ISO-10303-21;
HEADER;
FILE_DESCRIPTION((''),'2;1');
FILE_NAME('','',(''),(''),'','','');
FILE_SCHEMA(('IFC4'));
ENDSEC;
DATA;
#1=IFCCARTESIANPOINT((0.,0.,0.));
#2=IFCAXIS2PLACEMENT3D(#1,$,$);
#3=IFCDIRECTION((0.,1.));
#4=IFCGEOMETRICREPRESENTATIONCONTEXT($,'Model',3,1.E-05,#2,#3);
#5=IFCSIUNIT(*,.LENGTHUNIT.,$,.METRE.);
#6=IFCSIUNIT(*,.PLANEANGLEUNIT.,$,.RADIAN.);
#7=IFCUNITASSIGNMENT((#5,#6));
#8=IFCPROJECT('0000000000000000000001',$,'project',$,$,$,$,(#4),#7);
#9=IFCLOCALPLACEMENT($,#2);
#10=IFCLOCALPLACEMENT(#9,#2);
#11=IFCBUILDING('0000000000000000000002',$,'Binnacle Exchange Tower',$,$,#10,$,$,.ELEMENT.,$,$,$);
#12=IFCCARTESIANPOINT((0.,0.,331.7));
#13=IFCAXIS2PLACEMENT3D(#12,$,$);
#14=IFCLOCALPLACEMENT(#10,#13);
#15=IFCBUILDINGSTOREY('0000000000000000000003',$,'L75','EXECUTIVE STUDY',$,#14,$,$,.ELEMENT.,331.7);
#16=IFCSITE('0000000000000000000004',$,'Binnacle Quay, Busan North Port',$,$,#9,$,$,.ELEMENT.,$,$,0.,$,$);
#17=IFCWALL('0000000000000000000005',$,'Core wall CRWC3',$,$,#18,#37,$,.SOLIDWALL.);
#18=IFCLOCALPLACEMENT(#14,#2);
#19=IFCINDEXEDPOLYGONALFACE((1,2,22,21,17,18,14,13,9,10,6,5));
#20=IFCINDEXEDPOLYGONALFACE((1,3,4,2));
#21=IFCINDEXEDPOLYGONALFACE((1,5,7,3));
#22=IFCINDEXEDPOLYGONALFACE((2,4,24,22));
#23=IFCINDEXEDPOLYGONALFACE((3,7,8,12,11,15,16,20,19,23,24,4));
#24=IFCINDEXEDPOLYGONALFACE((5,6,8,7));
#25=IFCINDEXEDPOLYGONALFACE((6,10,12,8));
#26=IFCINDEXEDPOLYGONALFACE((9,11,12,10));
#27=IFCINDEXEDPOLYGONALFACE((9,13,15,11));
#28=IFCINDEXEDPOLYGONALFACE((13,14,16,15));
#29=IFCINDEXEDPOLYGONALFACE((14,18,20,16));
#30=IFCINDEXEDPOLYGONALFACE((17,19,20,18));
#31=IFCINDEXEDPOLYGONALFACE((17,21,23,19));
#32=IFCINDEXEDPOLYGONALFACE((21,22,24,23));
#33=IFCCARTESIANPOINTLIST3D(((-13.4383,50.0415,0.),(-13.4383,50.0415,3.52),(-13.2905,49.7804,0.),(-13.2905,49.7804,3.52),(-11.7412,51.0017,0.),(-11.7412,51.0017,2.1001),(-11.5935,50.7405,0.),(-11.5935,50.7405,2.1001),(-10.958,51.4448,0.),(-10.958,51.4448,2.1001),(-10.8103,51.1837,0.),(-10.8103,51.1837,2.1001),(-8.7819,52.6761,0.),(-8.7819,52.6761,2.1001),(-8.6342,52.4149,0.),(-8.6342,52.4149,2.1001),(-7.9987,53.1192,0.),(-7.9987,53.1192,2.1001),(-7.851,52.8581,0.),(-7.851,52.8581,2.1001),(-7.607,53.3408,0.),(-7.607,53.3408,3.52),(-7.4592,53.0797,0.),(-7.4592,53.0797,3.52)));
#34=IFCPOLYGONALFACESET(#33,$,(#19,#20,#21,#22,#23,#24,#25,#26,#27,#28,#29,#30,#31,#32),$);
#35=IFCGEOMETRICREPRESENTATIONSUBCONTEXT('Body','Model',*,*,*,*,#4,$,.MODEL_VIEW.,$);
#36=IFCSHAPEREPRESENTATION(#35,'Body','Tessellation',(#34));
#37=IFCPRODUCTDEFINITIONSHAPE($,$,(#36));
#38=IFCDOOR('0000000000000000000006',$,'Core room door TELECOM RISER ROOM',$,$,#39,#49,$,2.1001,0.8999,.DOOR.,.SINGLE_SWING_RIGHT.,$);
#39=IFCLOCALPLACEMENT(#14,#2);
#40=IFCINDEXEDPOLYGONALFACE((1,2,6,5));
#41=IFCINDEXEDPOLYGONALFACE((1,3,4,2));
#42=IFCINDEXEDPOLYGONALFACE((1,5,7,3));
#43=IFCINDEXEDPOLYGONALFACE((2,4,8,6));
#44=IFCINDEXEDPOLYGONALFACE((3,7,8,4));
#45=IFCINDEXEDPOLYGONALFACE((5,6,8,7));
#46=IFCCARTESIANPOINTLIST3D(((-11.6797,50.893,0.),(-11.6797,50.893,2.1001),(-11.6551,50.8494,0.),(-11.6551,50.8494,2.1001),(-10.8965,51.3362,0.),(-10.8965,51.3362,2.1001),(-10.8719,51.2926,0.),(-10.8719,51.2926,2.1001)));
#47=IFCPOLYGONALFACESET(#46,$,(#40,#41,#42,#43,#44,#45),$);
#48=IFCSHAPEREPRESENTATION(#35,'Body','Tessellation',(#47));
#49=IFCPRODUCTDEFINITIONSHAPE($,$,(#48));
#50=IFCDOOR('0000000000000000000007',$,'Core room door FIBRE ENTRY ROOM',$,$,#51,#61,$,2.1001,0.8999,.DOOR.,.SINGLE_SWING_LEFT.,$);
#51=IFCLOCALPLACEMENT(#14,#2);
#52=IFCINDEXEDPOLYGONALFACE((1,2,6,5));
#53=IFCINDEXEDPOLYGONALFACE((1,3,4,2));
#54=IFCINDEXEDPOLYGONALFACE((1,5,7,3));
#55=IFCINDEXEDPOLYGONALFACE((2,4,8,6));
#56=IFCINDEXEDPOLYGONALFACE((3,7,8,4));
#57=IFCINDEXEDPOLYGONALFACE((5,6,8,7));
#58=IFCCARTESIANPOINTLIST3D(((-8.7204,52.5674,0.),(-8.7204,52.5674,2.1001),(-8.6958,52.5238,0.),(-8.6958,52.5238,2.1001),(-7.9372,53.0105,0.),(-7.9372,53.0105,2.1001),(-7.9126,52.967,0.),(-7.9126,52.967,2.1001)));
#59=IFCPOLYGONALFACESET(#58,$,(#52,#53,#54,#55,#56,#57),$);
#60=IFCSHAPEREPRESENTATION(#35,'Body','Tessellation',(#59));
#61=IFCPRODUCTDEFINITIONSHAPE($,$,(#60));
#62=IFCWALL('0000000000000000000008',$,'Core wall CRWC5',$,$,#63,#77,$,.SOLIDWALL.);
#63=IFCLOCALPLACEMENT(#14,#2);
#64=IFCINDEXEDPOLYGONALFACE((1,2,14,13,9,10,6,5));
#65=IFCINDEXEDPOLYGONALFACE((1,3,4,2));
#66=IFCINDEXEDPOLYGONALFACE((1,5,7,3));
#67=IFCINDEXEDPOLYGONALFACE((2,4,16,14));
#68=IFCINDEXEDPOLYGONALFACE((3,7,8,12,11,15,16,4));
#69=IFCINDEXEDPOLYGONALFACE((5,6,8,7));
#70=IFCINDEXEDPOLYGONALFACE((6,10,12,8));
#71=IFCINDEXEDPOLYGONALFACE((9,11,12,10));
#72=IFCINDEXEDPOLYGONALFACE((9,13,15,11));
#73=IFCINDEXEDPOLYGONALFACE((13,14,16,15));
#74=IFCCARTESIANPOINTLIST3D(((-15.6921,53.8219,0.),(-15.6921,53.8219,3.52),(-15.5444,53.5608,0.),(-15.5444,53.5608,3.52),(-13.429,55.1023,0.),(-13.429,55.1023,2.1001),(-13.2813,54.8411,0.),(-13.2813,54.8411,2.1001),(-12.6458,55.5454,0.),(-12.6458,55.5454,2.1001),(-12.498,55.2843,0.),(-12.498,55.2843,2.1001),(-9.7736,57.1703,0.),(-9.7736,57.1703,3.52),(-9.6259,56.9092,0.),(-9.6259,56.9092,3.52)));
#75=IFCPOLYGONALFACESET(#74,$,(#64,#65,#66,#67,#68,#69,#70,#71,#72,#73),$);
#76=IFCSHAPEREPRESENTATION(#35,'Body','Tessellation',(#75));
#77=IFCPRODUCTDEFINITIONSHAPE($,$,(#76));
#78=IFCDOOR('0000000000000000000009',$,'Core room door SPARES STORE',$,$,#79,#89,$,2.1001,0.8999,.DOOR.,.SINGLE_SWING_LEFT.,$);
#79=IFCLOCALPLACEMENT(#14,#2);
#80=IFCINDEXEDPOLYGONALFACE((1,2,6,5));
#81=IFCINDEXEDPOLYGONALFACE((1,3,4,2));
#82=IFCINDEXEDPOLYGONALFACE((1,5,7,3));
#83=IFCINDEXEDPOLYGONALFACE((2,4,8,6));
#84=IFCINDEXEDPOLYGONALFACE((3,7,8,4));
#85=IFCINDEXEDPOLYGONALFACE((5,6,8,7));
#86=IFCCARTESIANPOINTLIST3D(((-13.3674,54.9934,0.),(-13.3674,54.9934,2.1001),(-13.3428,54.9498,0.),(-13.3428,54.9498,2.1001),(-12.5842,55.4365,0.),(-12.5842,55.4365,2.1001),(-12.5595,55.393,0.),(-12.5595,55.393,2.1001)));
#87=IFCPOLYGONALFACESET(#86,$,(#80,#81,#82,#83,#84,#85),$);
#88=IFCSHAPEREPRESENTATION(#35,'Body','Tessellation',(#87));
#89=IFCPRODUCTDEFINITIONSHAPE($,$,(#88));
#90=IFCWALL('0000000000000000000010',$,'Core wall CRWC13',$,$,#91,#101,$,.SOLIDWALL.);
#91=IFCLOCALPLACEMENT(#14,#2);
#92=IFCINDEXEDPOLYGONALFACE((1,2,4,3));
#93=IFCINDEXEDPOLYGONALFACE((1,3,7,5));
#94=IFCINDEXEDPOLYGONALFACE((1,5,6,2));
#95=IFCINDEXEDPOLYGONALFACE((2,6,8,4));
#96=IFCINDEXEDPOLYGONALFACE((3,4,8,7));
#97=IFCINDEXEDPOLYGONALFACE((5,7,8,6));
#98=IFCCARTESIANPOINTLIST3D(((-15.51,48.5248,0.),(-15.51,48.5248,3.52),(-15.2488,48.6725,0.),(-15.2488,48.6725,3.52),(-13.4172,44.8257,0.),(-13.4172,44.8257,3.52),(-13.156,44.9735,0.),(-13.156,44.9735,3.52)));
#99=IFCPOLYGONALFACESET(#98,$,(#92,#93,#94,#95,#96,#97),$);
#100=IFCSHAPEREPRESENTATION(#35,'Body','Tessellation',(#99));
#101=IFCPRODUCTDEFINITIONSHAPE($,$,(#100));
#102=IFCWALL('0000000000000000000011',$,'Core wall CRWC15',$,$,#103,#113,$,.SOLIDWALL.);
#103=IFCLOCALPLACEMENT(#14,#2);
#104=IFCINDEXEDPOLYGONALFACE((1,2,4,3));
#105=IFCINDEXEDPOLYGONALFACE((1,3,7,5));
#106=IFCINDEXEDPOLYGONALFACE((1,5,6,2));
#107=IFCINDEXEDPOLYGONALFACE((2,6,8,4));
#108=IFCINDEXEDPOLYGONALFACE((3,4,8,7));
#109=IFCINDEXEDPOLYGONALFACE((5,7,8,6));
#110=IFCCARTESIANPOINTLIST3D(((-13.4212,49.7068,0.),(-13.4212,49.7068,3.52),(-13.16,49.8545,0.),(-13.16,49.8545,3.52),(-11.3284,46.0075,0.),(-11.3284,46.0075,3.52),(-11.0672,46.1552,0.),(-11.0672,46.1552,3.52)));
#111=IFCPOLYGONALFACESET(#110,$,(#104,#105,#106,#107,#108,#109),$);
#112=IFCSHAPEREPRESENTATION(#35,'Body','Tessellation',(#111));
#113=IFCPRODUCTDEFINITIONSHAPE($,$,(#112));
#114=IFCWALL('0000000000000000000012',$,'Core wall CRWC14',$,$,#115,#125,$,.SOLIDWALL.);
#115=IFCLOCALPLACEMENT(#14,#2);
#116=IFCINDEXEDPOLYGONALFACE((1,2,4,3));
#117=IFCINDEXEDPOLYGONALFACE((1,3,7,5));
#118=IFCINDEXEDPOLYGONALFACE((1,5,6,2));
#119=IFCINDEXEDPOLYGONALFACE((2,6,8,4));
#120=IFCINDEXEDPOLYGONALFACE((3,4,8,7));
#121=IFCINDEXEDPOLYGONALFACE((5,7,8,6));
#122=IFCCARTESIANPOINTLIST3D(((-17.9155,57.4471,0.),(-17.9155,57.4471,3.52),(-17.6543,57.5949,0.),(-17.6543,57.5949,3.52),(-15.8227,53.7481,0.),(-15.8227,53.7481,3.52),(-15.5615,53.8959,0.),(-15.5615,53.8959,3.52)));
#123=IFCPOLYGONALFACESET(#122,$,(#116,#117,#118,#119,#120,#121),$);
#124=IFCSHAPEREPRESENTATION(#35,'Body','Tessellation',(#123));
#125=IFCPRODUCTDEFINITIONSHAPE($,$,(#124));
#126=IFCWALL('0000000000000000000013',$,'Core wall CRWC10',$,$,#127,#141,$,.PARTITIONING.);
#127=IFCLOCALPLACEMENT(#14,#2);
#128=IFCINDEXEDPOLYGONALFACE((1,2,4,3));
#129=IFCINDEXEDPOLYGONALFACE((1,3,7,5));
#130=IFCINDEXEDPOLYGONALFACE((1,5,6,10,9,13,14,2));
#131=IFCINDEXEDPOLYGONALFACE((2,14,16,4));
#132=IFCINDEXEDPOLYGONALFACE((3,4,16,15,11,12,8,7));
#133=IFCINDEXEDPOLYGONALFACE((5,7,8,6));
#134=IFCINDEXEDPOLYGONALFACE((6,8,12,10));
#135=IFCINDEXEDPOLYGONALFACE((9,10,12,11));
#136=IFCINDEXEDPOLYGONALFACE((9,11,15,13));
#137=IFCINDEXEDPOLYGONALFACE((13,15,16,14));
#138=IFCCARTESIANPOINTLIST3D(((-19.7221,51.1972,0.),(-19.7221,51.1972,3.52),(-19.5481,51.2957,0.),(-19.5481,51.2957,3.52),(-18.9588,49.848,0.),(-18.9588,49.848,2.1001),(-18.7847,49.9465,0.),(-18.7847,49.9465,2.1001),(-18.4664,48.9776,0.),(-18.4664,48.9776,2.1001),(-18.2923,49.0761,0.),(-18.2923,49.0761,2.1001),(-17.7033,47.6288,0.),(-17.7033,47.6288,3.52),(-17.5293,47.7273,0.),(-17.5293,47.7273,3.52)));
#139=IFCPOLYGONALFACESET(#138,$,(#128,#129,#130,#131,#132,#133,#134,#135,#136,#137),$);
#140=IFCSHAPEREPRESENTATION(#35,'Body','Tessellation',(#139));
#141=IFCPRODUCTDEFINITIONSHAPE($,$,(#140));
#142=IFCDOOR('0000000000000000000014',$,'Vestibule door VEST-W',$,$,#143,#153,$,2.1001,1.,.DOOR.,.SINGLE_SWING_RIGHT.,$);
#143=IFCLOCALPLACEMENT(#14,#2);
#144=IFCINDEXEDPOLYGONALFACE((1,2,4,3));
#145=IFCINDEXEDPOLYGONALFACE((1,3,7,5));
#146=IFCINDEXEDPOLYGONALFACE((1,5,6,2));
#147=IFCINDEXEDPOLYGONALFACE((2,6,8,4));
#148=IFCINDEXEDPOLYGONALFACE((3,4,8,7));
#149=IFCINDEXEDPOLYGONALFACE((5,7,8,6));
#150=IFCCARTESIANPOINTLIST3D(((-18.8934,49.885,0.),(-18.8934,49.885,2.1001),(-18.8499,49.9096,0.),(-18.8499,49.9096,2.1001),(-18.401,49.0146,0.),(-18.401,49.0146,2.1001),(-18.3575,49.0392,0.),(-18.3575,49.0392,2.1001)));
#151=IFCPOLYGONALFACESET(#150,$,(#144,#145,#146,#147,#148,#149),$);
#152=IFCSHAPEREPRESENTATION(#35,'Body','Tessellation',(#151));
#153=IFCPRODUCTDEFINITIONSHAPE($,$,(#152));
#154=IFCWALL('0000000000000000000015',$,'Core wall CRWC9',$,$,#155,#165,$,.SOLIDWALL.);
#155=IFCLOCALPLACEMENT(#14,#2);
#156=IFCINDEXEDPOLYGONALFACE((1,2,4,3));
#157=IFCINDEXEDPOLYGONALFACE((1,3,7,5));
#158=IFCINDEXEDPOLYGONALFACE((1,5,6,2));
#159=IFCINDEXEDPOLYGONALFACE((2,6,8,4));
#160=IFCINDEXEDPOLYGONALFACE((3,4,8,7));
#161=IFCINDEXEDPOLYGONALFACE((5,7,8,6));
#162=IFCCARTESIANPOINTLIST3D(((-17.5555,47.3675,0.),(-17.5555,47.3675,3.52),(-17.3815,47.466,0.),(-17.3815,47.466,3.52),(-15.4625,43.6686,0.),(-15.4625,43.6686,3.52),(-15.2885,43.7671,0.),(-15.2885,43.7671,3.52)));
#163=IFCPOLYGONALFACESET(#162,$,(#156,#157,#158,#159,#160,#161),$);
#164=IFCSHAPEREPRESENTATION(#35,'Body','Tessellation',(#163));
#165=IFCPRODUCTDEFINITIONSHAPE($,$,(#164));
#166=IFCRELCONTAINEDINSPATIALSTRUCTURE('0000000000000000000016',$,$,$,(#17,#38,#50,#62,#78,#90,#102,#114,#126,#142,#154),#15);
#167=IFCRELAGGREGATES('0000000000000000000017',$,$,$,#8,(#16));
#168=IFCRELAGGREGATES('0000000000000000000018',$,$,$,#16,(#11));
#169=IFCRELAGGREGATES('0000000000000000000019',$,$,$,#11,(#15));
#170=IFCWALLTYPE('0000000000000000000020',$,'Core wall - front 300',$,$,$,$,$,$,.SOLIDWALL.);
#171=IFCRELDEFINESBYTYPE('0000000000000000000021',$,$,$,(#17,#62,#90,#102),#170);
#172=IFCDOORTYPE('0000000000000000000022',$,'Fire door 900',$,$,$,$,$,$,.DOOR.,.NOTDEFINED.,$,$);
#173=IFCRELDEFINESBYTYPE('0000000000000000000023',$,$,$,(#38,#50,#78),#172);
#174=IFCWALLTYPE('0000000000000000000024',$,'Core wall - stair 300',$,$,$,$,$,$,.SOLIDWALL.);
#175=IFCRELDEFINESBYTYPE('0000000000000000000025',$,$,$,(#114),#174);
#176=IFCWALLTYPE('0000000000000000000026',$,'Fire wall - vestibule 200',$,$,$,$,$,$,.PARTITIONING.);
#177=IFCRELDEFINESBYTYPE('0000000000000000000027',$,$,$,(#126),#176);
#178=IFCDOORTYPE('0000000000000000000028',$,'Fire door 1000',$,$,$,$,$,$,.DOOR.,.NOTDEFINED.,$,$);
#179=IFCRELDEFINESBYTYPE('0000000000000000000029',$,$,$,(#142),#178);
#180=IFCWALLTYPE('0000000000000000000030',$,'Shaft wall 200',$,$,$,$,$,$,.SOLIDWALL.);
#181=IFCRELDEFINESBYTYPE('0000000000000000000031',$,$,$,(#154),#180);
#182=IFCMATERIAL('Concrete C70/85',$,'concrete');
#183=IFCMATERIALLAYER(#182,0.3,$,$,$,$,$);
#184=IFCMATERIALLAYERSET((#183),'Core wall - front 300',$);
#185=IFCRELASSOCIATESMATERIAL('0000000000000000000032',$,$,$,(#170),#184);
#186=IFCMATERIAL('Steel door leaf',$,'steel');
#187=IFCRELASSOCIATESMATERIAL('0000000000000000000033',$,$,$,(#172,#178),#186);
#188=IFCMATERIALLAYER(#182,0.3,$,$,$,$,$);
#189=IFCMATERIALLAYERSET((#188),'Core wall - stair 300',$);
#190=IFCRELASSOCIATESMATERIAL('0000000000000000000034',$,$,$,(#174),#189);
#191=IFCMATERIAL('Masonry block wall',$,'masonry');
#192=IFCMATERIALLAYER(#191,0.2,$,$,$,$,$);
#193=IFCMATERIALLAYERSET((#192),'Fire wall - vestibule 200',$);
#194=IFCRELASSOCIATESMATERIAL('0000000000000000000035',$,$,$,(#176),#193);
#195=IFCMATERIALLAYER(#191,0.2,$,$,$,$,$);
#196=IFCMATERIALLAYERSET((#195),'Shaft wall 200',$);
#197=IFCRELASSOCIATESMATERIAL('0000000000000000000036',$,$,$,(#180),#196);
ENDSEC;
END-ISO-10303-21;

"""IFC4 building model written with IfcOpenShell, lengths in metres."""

from ifc_helpers import new_model, si_unit, direction, frame, frame_2d, origin, place, context, subcontext, project, spatial, rectangle, extrude, material, layer, layer_set, type_object, element, fill, save


model = new_model("IFC4")

# Units and contexts
model_context = context("Model", 3, precision=1e-05, world=origin(), true_north=direction((0.0, 1.0)))
body_context = subcontext(model_context, "Body", "Model", "MODEL_VIEW")
ifc_project = project(units=[si_unit("LENGTHUNIT", "METRE"), si_unit("PLANEANGLEUNIT", "RADIAN")], contexts=[model_context])

# Site, building, storey
site_placement = place(None, origin())
site = spatial("IfcSite", under=ifc_project, at=site_placement, Name="Binnacle Quay, Busan North Port", CompositionType="ELEMENT", RefElevation=0.0)
building_placement = place(site_placement, origin())
building = spatial("IfcBuilding", under=site, at=building_placement, Name="Binnacle Exchange Tower", CompositionType="ELEMENT")
storey_placement = place(building_placement, frame((0.0, 0.0, 331.7)))
storey = spatial("IfcBuildingStorey", under=building, at=storey_placement, Name="L75", Description="EXECUTIVE STUDY", CompositionType="ELEMENT", Elevation=331.7)

# Wall, openings, doors
ifc_material_1 = material(Name="Concrete C70/85", Category="concrete")
ifc_layer_1 = layer(ifc_material_1, 0.3)
ifc_layer_set_1 = layer_set([ifc_layer_1], Name="Core wall - front 300")
wall_type_1 = type_object("IfcWallType", Name="Core wall - front 300", PredefinedType="SOLIDWALL", material=ifc_layer_set_1)
wall_1_placement = place(storey_placement, frame((-13.3645, 49.9109, 0.0), z_axis=(0.0, 0.0, 1.0), x_axis=(0.870348, 0.492438, 0.0)))
wall_1 = element("IfcWall", 1, at=wall_1_placement, inside=storey, type_object=wall_type_1, Name="Core wall CRWC3", PredefinedType="SOLIDWALL", context=body_context, shape_type="SweptSolid", body=[
    extrude(rectangle(XDim=6.7, YDim=0.3, at=frame_2d((3.3501, 0.0))), origin(), (0.0, 0.0, 1.0), 3.52),
])
opening_1_placement = place(wall_1_placement, frame((1.95, 0.0, 0.0)))
opening_1 = element("IfcOpeningElement", 2, at=opening_1_placement, cuts=wall_1, PredefinedType="OPENING", context=body_context, shape_type="SweptSolid", body=[
    extrude(rectangle(XDim=0.8999, YDim=2.1001, at=frame_2d((0.45, 1.05))), frame((0.0, 0.1599, 0.0), z_axis=(0.0, -1.0, 0.0), x_axis=(1.0, 0.0, 0.0)), (0.0, 0.0, 1.0), 0.3201),
])
opening_2_placement = place(wall_1_placement, frame((5.3501, 0.0, 0.0)))
opening_2 = element("IfcOpeningElement", 3, at=opening_2_placement, cuts=wall_1, PredefinedType="OPENING", context=body_context, shape_type="SweptSolid", body=[
    extrude(rectangle(XDim=0.8999, YDim=2.1001, at=frame_2d((0.45, 1.05))), frame((0.0, 0.1599, 0.0), z_axis=(0.0, -1.0, 0.0), x_axis=(1.0, 0.0, 0.0)), (0.0, 0.0, 1.0), 0.3201),
])
ifc_material_2 = material(Name="Steel door leaf", Category="steel")
door_type_1 = type_object("IfcDoorType", Name="Fire door 900", OperationType="NOTDEFINED", PredefinedType="DOOR", material=ifc_material_2)
door_1_placement = place(opening_1_placement, frame((0.8999, 0.0, 0.0), z_axis=(0.0, 0.0, 1.0), x_axis=(-1.0, 0.0, 0.0)))
door_1 = element("IfcDoor", 4, at=door_1_placement, inside=storey, type_object=door_type_1, Name="Core room door TELECOM RISER ROOM", OperationType="SINGLE_SWING_RIGHT", OverallHeight=2.1001, OverallWidth=0.8999, PredefinedType="DOOR", context=body_context, shape_type="SweptSolid", body=[
    extrude(rectangle(XDim=0.8999, YDim=2.1001, at=frame_2d((0.45, 1.05))), frame((0.0, 0.0249, 0.0), z_axis=(0.0, -1.0, 0.0), x_axis=(1.0, 0.0, 0.0)), (0.0, 0.0, 1.0), 0.05),
])
fill(opening_1, door_1)
door_2_placement = place(opening_2_placement, frame((0.8999, 0.0, 0.0), z_axis=(0.0, 0.0, 1.0), x_axis=(-1.0, 0.0, 0.0)))
door_2 = element("IfcDoor", 5, at=door_2_placement, inside=storey, type_object=door_type_1, Name="Core room door FIBRE ENTRY ROOM", OperationType="SINGLE_SWING_LEFT", OverallHeight=2.1001, OverallWidth=0.8999, PredefinedType="DOOR", context=body_context, shape_type="SweptSolid", body=[
    extrude(rectangle(XDim=0.8999, YDim=2.1001, at=frame_2d((0.45, 1.05))), frame((0.0, 0.0249, 0.0), z_axis=(0.0, -1.0, 0.0), x_axis=(1.0, 0.0, 0.0)), (0.0, 0.0, 1.0), 0.05),
])
fill(opening_2, door_2)

# Wall, opening, door
wall_2_placement = place(storey_placement, frame((-15.6182, 53.6914, 0.0), z_axis=(0.0, 0.0, 1.0), x_axis=(0.870363, 0.492411, 0.0)))
wall_2 = element("IfcWall", 6, at=wall_2_placement, inside=storey, type_object=wall_type_1, Name="Core wall CRWC5", PredefinedType="SOLIDWALL", context=body_context, shape_type="SweptSolid", body=[
    extrude(rectangle(XDim=6.8, YDim=0.3, at=frame_2d((3.3999, 0.0))), origin(), (0.0, 0.0, 1.0), 3.52),
])
opening_3_placement = place(wall_2_placement, frame((2.6001, 0.0, 0.0)))
opening_3 = element("IfcOpeningElement", 7, at=opening_3_placement, cuts=wall_2, PredefinedType="OPENING", context=body_context, shape_type="SweptSolid", body=[
    extrude(rectangle(XDim=0.8999, YDim=2.1001, at=frame_2d((0.45, 1.05))), frame((0.0, 0.1599, 0.0), z_axis=(0.0, -1.0, 0.0), x_axis=(1.0, 0.0, 0.0)), (0.0, 0.0, 1.0), 0.3201),
])
door_3_placement = place(opening_3_placement, origin())
door_3 = element("IfcDoor", 8, at=door_3_placement, inside=storey, type_object=door_type_1, Name="Core room door SPARES STORE", OperationType="SINGLE_SWING_LEFT", OverallHeight=2.1001, OverallWidth=0.8999, PredefinedType="DOOR", context=body_context, shape_type="SweptSolid", body=[
    extrude(rectangle(XDim=0.8999, YDim=2.1001, at=frame_2d((0.45, 1.05))), frame((0.0, 0.0249, 0.0), z_axis=(0.0, -1.0, 0.0), x_axis=(1.0, 0.0, 0.0)), (0.0, 0.0, 1.0), 0.05),
])
fill(opening_3, door_3)

# Walls
wall_3_placement = place(storey_placement, frame((-15.3794, 48.5986, 0.0), z_axis=(0.0, 0.0, 1.0), x_axis=(0.492423, -0.870356, 0.0)))
element("IfcWall", 9, at=wall_3_placement, inside=storey, type_object=wall_type_1, Name="Core wall CRWC13", PredefinedType="SOLIDWALL", context=body_context, shape_type="SweptSolid", body=[
    extrude(rectangle(XDim=4.25, YDim=0.3, at=frame_2d((2.125, 0.0))), origin(), (0.0, 0.0, 1.0), 3.52),
])
wall_4_placement = place(storey_placement, frame((-13.2905, 49.7805, 0.0), z_axis=(0.0, 0.0, 1.0), x_axis=(0.492398, -0.87037, 0.0)))
element("IfcWall", 10, at=wall_4_placement, inside=storey, type_object=wall_type_1, Name="Core wall CRWC15", PredefinedType="SOLIDWALL", context=body_context, shape_type="SweptSolid", body=[
    extrude(rectangle(XDim=4.2502, YDim=0.3, at=frame_2d((2.125, 0.0))), origin(), (0.0, 0.0, 1.0), 3.52),
])
ifc_layer_2 = layer(ifc_material_1, 0.3)
ifc_layer_set_2 = layer_set([ifc_layer_2], Name="Core wall - stair 300")
wall_type_2 = type_object("IfcWallType", Name="Core wall - stair 300", PredefinedType="SOLIDWALL", material=ifc_layer_set_2)
wall_5_placement = place(storey_placement, frame((-17.7849, 57.521, 0.0), z_axis=(0.0, 0.0, 1.0), x_axis=(0.492423, -0.870356, 0.0)))
element("IfcWall", 11, at=wall_5_placement, inside=storey, type_object=wall_type_2, Name="Core wall CRWC14", PredefinedType="SOLIDWALL", context=body_context, shape_type="SweptSolid", body=[
    extrude(rectangle(XDim=4.25, YDim=0.3, at=frame_2d((2.125, 0.0))), origin(), (0.0, 0.0, 1.0), 3.52),
])

# Wall, opening, door
ifc_material_3 = material(Name="Masonry block wall", Category="masonry")
ifc_layer_3 = layer(ifc_material_3, 0.2)
ifc_layer_set_3 = layer_set([ifc_layer_3], Name="Fire wall - vestibule 200")
wall_type_3 = type_object("IfcWallType", Name="Fire wall - vestibule 200", PredefinedType="PARTITIONING", material=ifc_layer_set_3)
wall_6_placement = place(storey_placement, frame((-19.635, 51.2463, 0.0), z_axis=(0.0, 0.0, 1.0), x_axis=(0.492408, -0.870364, 0.0)))
wall_6 = element("IfcWall", 12, at=wall_6_placement, inside=storey, type_object=wall_type_3, Name="Core wall CRWC10", PredefinedType="PARTITIONING", context=body_context, shape_type="SweptSolid", body=[
    extrude(rectangle(XDim=4.0999, YDim=0.2, at=frame_2d((2.0498, 0.0))), origin(), (0.0, 0.0, 1.0), 3.52),
])
opening_4_placement = place(wall_6_placement, frame((1.55, 0.0, 0.0)))
opening_4 = element("IfcOpeningElement", 13, at=opening_4_placement, cuts=wall_6, PredefinedType="OPENING", context=body_context, shape_type="SweptSolid", body=[
    extrude(rectangle(XDim=1.0, YDim=2.1001, at=frame_2d((0.5, 1.05))), frame((0.0, 0.1099, 0.0), z_axis=(0.0, -1.0, 0.0), x_axis=(1.0, 0.0, 0.0)), (0.0, 0.0, 1.0), 0.22),
])
door_type_2 = type_object("IfcDoorType", Name="Fire door 1000", OperationType="NOTDEFINED", PredefinedType="DOOR", material=ifc_material_2)
door_4_placement = place(opening_4_placement, frame((1.0, 0.0, 0.0), z_axis=(0.0, 0.0, 1.0), x_axis=(-1.0, 0.0, 0.0)))
door_4 = element("IfcDoor", 14, at=door_4_placement, inside=storey, type_object=door_type_2, Name="Vestibule door VEST-W", OperationType="SINGLE_SWING_RIGHT", OverallHeight=2.1001, OverallWidth=1.0, PredefinedType="DOOR", context=body_context, shape_type="SweptSolid", body=[
    extrude(rectangle(XDim=1.0, YDim=2.1001, at=frame_2d((0.5, 1.05))), frame((0.0, 0.0249, 0.0), z_axis=(0.0, -1.0, 0.0), x_axis=(1.0, 0.0, 0.0)), (0.0, 0.0, 1.0), 0.05),
])
fill(opening_4, door_4)

# Wall
ifc_layer_4 = layer(ifc_material_3, 0.2)
ifc_layer_set_4 = layer_set([ifc_layer_4], Name="Shaft wall 200")
wall_type_4 = type_object("IfcWallType", Name="Shaft wall 200", PredefinedType="SOLIDWALL", material=ifc_layer_set_4)
wall_7_placement = place(storey_placement, frame((-17.4685, 47.4167, 0.0), z_axis=(0.0, 0.0, 1.0), x_axis=(0.492466, -0.870332, 0.0)))
element("IfcWall", 15, at=wall_7_placement, inside=storey, type_object=wall_type_4, Name="Core wall CRWC9", PredefinedType="SOLIDWALL", context=body_context, shape_type="SweptSolid", body=[
    extrude(rectangle(XDim=4.25, YDim=0.2, at=frame_2d((2.125, 0.0))), origin(), (0.0, 0.0, 1.0), 3.52),
])

save(model, "model.ifc")
